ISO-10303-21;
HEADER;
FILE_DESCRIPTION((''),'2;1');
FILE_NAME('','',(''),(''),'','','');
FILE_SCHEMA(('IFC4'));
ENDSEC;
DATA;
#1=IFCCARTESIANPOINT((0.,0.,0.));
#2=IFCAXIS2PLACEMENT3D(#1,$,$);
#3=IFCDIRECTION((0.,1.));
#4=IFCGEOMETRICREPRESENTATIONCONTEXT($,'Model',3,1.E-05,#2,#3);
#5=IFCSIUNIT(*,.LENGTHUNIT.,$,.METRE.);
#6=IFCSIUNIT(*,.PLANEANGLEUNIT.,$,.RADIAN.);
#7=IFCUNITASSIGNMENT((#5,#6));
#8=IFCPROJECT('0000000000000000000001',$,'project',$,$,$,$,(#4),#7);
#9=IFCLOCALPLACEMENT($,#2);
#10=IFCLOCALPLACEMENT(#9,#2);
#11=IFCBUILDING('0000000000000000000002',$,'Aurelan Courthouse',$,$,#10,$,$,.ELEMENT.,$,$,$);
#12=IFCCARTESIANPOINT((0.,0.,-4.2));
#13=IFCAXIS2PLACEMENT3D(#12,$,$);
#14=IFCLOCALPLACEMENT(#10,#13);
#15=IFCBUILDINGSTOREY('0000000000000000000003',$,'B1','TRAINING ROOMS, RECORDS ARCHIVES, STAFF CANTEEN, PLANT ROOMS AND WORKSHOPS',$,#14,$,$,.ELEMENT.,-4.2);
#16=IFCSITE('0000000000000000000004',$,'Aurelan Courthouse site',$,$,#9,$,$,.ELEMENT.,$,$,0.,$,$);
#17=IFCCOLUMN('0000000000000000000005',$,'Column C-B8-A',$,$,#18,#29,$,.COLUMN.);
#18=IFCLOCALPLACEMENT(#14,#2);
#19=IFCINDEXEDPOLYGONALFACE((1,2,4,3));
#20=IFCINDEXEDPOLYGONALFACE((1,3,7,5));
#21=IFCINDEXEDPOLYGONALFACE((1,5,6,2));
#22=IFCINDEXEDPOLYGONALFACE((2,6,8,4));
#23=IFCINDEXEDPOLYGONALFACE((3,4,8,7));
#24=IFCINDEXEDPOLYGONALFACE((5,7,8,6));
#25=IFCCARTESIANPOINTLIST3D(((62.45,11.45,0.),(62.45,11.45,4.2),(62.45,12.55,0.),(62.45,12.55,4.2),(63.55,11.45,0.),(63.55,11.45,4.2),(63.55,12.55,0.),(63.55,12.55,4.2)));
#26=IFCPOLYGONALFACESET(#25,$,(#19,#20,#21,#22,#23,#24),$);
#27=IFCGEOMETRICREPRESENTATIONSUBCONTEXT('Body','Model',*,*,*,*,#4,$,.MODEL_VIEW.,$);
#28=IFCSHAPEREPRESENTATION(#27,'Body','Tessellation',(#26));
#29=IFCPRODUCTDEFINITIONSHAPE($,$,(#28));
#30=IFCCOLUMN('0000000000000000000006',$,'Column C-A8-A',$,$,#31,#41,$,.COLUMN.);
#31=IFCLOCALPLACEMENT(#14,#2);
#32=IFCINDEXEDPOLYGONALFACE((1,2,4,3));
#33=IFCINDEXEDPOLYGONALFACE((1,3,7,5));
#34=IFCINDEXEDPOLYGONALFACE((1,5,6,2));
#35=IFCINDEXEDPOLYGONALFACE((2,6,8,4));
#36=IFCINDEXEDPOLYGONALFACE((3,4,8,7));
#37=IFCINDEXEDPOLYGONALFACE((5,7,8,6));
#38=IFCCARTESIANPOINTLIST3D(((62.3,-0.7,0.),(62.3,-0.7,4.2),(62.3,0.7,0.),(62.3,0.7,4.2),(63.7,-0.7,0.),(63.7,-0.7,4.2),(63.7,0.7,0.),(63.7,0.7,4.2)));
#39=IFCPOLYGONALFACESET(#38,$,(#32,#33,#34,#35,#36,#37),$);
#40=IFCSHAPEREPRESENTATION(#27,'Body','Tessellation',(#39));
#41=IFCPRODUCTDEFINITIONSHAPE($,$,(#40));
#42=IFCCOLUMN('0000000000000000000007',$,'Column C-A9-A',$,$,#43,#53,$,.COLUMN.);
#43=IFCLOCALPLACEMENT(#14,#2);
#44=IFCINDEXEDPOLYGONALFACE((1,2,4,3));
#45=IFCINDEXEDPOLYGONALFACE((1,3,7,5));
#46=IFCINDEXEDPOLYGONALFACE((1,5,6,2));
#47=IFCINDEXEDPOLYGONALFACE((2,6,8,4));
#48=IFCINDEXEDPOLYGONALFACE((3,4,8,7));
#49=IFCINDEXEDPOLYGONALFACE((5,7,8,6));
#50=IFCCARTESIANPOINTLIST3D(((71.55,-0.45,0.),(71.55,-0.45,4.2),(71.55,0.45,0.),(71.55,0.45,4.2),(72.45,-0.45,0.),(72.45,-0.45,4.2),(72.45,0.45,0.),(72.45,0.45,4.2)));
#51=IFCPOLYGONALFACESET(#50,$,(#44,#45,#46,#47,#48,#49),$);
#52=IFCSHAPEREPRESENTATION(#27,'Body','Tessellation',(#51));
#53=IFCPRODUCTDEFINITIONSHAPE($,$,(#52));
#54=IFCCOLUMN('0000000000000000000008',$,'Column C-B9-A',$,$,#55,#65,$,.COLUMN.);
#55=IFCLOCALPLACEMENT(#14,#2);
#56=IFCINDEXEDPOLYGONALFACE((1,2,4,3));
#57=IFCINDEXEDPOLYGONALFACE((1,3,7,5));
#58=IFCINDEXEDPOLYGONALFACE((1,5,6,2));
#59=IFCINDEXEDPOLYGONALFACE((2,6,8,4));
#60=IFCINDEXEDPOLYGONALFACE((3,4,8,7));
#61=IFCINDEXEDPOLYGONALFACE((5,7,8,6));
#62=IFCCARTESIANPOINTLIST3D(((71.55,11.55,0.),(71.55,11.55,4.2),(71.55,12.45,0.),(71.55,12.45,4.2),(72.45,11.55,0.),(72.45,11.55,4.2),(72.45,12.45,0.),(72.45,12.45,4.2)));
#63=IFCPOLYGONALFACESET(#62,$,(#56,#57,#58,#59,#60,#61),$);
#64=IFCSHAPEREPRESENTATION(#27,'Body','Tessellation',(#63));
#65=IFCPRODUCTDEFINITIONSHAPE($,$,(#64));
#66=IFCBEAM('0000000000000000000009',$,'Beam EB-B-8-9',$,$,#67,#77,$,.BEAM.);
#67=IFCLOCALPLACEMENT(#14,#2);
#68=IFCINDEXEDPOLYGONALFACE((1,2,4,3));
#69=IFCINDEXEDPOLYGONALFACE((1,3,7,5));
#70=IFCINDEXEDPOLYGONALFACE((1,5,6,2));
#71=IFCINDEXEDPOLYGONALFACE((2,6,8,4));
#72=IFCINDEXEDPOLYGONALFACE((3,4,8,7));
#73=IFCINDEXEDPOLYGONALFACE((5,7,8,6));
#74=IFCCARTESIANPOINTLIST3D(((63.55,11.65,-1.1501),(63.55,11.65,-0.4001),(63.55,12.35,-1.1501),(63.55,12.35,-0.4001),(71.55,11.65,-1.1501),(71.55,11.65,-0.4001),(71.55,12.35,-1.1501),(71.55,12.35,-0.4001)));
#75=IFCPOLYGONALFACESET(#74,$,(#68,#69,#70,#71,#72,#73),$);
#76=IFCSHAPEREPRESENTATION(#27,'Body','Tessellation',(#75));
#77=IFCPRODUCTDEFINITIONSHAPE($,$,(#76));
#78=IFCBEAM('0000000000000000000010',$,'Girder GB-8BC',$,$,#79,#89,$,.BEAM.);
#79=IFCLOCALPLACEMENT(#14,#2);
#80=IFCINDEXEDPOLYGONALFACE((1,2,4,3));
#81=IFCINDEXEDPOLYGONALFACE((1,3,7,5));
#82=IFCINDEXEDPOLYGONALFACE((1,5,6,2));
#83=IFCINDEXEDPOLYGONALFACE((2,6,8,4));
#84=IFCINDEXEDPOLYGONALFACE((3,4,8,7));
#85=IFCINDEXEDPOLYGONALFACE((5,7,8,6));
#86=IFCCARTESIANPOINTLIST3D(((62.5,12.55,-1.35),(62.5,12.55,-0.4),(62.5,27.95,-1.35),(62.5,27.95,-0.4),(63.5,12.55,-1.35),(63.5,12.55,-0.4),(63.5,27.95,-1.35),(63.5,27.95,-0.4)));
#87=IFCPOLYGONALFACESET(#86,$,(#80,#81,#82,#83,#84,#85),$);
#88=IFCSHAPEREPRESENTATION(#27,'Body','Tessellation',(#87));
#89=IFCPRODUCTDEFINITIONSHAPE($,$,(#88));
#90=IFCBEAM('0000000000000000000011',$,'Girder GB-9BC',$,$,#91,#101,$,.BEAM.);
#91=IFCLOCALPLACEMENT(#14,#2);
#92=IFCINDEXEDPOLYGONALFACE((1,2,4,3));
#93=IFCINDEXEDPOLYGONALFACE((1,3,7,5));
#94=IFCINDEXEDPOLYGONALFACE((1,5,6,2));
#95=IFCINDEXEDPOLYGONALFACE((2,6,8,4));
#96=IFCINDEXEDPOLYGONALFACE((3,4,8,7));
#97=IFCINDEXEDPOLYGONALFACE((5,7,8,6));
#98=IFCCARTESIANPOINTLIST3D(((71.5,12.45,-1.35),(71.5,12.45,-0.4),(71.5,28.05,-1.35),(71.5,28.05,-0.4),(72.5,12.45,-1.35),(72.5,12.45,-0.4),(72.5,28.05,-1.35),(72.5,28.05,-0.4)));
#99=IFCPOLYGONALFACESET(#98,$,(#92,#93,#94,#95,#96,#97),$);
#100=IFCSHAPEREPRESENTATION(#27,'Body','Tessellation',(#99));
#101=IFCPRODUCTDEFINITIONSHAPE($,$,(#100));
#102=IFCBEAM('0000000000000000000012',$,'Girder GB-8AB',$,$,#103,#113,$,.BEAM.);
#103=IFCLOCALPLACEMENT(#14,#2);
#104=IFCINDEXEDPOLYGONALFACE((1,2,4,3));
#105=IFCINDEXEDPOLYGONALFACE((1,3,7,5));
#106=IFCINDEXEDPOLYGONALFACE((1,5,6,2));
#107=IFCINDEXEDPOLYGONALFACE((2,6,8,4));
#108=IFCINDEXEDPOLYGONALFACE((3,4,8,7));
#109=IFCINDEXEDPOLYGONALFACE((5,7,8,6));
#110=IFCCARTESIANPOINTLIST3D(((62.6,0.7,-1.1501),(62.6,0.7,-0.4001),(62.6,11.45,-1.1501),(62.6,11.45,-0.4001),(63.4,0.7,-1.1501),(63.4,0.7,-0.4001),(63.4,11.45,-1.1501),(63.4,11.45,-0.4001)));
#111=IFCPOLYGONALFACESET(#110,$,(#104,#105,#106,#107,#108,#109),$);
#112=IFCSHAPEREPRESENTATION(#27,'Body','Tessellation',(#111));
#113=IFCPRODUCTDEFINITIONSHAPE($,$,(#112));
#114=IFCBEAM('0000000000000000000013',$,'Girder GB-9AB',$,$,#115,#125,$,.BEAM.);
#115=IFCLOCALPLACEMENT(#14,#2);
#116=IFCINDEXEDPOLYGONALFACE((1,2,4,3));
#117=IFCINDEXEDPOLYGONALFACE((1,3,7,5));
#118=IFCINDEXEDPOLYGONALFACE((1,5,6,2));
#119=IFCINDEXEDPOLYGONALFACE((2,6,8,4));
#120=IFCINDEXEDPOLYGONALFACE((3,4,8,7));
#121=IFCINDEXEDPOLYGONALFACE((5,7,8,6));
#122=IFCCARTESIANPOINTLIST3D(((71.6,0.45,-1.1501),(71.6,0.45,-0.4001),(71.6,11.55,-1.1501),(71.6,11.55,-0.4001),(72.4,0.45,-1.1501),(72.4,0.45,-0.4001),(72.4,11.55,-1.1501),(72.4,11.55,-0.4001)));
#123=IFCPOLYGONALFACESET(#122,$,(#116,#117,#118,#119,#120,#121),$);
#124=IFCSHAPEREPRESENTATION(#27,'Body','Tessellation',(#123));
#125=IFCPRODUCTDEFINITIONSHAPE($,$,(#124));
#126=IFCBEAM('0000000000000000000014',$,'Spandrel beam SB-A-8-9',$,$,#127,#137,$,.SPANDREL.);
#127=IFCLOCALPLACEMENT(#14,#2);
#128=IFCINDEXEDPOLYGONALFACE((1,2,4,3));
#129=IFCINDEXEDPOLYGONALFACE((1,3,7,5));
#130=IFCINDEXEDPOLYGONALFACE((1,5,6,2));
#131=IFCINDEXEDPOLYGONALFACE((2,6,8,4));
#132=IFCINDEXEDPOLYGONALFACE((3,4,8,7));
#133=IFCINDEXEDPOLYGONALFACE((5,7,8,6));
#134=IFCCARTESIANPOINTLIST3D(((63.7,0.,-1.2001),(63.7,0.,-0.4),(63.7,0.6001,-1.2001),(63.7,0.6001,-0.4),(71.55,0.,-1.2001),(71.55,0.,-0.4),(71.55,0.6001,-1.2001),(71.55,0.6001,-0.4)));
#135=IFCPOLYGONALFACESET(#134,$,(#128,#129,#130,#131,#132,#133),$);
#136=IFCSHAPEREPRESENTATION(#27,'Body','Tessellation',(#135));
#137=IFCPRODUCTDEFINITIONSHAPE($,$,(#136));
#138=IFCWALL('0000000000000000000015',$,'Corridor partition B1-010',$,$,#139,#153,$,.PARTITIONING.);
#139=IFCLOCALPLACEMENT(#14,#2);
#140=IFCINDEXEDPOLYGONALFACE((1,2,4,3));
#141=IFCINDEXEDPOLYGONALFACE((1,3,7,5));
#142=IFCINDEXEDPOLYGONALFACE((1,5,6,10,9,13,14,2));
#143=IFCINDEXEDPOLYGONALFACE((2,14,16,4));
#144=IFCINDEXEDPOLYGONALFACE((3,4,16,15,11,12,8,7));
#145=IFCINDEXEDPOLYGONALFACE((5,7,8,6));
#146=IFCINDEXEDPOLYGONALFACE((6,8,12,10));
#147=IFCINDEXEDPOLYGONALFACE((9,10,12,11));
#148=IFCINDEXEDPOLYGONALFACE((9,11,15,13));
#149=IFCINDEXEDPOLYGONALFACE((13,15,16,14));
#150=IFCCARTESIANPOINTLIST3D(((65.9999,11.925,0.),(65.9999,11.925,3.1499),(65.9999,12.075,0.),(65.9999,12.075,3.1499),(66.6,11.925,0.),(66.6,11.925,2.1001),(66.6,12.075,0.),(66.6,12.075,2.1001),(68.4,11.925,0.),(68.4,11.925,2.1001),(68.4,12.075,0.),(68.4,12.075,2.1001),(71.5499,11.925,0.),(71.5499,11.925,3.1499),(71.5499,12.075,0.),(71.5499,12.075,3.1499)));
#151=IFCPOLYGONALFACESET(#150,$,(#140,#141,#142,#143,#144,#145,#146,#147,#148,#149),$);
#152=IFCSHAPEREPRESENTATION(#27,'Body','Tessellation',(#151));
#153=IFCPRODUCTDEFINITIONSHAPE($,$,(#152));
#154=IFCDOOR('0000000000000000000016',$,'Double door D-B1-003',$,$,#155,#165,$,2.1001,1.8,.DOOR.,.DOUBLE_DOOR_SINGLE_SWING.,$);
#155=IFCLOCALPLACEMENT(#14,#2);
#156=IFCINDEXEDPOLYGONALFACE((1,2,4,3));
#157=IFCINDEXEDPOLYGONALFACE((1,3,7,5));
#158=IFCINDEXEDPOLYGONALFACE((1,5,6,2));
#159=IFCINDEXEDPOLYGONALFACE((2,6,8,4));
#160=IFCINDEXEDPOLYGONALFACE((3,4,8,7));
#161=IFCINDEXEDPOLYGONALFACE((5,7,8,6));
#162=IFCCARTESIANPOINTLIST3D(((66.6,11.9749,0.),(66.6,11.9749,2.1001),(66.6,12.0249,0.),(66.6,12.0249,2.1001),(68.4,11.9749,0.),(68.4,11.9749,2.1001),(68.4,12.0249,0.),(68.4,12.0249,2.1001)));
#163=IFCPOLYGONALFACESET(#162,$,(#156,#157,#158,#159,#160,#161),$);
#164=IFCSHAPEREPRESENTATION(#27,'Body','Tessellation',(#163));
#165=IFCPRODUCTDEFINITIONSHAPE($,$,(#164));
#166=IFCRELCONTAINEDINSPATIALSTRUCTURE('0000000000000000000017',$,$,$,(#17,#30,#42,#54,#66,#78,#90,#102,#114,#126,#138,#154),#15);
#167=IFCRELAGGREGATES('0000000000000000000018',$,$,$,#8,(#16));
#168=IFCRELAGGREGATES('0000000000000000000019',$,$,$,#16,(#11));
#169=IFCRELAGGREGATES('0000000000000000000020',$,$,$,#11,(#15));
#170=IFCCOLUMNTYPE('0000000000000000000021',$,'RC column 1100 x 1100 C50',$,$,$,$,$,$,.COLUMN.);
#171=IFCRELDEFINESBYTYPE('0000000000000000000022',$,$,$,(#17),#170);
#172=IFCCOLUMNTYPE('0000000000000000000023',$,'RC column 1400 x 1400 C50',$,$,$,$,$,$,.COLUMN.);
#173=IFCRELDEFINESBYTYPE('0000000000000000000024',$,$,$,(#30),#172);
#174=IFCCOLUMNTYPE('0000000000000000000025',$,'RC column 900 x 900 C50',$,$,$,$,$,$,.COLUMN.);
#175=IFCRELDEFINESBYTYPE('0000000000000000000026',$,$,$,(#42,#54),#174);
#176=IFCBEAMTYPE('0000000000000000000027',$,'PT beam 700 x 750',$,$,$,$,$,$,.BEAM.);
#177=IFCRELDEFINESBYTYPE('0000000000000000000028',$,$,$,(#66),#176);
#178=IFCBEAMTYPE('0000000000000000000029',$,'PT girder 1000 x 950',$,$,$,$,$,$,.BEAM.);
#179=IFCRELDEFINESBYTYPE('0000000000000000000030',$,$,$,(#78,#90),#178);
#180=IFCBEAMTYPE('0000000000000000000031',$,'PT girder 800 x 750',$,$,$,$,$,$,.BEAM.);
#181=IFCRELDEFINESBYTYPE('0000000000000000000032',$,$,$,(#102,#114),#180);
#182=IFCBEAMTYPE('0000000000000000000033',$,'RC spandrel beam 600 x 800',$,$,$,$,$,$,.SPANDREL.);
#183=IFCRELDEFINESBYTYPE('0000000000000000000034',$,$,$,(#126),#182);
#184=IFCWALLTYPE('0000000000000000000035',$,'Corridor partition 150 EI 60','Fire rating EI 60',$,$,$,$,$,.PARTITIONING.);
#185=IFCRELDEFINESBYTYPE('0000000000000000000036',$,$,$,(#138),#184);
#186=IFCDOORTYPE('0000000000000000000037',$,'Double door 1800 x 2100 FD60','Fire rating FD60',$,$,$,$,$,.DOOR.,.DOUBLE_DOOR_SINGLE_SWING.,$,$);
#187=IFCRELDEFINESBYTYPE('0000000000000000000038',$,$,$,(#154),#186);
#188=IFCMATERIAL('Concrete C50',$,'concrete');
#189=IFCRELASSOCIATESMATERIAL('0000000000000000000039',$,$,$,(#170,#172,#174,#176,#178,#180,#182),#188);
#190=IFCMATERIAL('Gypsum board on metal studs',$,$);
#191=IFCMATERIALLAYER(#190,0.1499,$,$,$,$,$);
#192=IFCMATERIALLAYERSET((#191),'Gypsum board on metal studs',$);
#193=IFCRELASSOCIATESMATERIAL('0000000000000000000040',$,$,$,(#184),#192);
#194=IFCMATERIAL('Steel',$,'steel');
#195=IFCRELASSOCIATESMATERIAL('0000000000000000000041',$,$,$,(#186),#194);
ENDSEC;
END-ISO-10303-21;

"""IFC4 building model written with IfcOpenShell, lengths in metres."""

from ifc_helpers import new_model, si_unit, direction, frame, frame_2d, origin, origin_2d, place, context, subcontext, project, spatial, rectangle, extrude, material, layer, layer_set, material_profile, profile_set, type_object, element, fill, save


model = new_model("IFC4")

# Units and contexts
model_context = context("Model", 3, precision=1e-05, world=origin(), true_north=direction((0.0, 1.0)))
body_context = subcontext(model_context, "Body", "Model", "MODEL_VIEW")
ifc_project = project(units=[si_unit("LENGTHUNIT", "METRE"), si_unit("PLANEANGLEUNIT", "RADIAN")], contexts=[model_context])

# Site, building, storey
site_placement = place(None, origin())
site = spatial("IfcSite", under=ifc_project, at=site_placement, Name="Aurelan Courthouse site", CompositionType="ELEMENT", RefElevation=0.0)
building_placement = place(site_placement, origin())
building = spatial("IfcBuilding", under=site, at=building_placement, Name="Aurelan Courthouse", CompositionType="ELEMENT")
storey_placement = place(building_placement, frame((0.0, 0.0, -4.2)))
storey = spatial("IfcBuildingStorey", under=building, at=storey_placement, Name="B1", Description="TRAINING ROOMS, RECORDS ARCHIVES, STAFF CANTEEN, PLANT ROOMS AND WORKSHOPS", CompositionType="ELEMENT", Elevation=-4.2)

# Columns
ifc_material_1 = material(Name="Concrete C50", Category="concrete")
ifc_material_profile_1 = material_profile(ifc_material_1, rectangle(XDim=1.1001, YDim=1.1001, at=origin_2d()), Name="RC 1100 x 1100")
ifc_profile_set_1 = profile_set([ifc_material_profile_1], Name="Concrete C50")
column_type_1 = type_object("IfcColumnType", Name="RC column 1100 x 1100 C50", PredefinedType="COLUMN", material=ifc_profile_set_1)
column_1_placement = place(storey_placement, frame((63.0, 12.0, 0.0), z_axis=(0.0, 0.0, 1.0), x_axis=(1.0, 0.0, 0.0)))
element("IfcColumn", 1, at=column_1_placement, inside=storey, type_object=column_type_1, Name="Column C-B8-A", PredefinedType="COLUMN", context=body_context, shape_type="SweptSolid", body=[
    extrude(rectangle(XDim=1.1001, YDim=1.1001, at=origin_2d()), origin(), (0.0, 0.0, 1.0), 4.2),
])
ifc_material_profile_2 = material_profile(ifc_material_1, rectangle(XDim=1.3999, YDim=1.3999, at=origin_2d()), Name="RC 1400 x 1400")
ifc_profile_set_2 = profile_set([ifc_material_profile_2], Name="Concrete C50")
column_type_2 = type_object("IfcColumnType", Name="RC column 1400 x 1400 C50", PredefinedType="COLUMN", material=ifc_profile_set_2)
column_2_placement = place(storey_placement, frame((63.0, 0.0, 0.0), z_axis=(0.0, 0.0, 1.0), x_axis=(1.0, 0.0, 0.0)))
element("IfcColumn", 2, at=column_2_placement, inside=storey, type_object=column_type_2, Name="Column C-A8-A", PredefinedType="COLUMN", context=body_context, shape_type="SweptSolid", body=[
    extrude(rectangle(XDim=1.3999, YDim=1.3999, at=origin_2d()), origin(), (0.0, 0.0, 1.0), 4.2),
])
ifc_material_profile_3 = material_profile(ifc_material_1, rectangle(XDim=0.8999, YDim=0.8999, at=origin_2d()), Name="RC 900 x 900")
ifc_profile_set_3 = profile_set([ifc_material_profile_3], Name="Concrete C50")
column_type_3 = type_object("IfcColumnType", Name="RC column 900 x 900 C50", PredefinedType="COLUMN", material=ifc_profile_set_3)
for number, where, z_axis, x_axis, name in (
    (3, (72.0, 0.0, 0.0), (0.0, 0.0, 1.0), (1.0, 0.0, 0.0), "Column C-A9-A"),
    (4, (72.0, 12.0, 0.0), (0.0, 0.0, 1.0), (1.0, 0.0, 0.0), "Column C-B9-A"),
):
    element("IfcColumn", number, at=place(storey_placement, frame(where, z_axis=z_axis, x_axis=x_axis)), inside=storey, type_object=column_type_3, Name=name, PredefinedType="COLUMN", context=body_context, shape_type="SweptSolid", body=[
        extrude(rectangle(XDim=0.8999, YDim=0.8999, at=origin_2d()), origin(), (0.0, 0.0, 1.0), 4.2),
    ])

# Beams
ifc_material_profile_4 = material_profile(ifc_material_1, rectangle(XDim=0.7, YDim=0.75, at=origin_2d()), Name="RC 700 x 750")
ifc_profile_set_4 = profile_set([ifc_material_profile_4], Name="Concrete C50")
beam_type_1 = type_object("IfcBeamType", Name="PT beam 700 x 750", PredefinedType="BEAM", material=ifc_profile_set_4)
beam_1_placement = place(storey_placement, frame((63.55, 12.0, -0.7751), z_axis=(1.0, 0.0, 0.0), x_axis=(0.0, 1.0, 0.0)))
element("IfcBeam", 5, at=beam_1_placement, inside=storey, type_object=beam_type_1, Name="Beam EB-B-8-9", PredefinedType="BEAM", context=body_context, shape_type="SweptSolid", body=[
    extrude(rectangle(XDim=0.7, YDim=0.75, at=origin_2d()), origin(), (0.0, 0.0, 1.0), 8.0),
])
ifc_material_profile_5 = material_profile(ifc_material_1, rectangle(XDim=1.0, YDim=0.95, at=origin_2d()), Name="RC 1000 x 950")
ifc_profile_set_5 = profile_set([ifc_material_profile_5], Name="Concrete C50")
beam_type_2 = type_object("IfcBeamType", Name="PT girder 1000 x 950", PredefinedType="BEAM", material=ifc_profile_set_5)
beam_2_placement = place(storey_placement, frame((63.0, 12.55, -0.875), z_axis=(0.0, 1.0, 0.0), x_axis=(-1.0, 0.0, 0.0)))
element("IfcBeam", 6, at=beam_2_placement, inside=storey, type_object=beam_type_2, Name="Girder GB-8BC", PredefinedType="BEAM", context=body_context, shape_type="SweptSolid", body=[
    extrude(rectangle(XDim=1.0, YDim=0.95, at=origin_2d()), origin(), (0.0, 0.0, 1.0), 15.3999),
])
beam_3_placement = place(storey_placement, frame((72.0, 12.45, -0.875), z_axis=(0.0, 1.0, 0.0), x_axis=(-1.0, 0.0, 0.0)))
element("IfcBeam", 7, at=beam_3_placement, inside=storey, type_object=beam_type_2, Name="Girder GB-9BC", PredefinedType="BEAM", context=body_context, shape_type="SweptSolid", body=[
    extrude(rectangle(XDim=1.0, YDim=0.95, at=origin_2d()), origin(), (0.0, 0.0, 1.0), 15.6001),
])
ifc_material_profile_6 = material_profile(ifc_material_1, rectangle(XDim=0.8, YDim=0.75, at=origin_2d()), Name="RC 800 x 750")
ifc_profile_set_6 = profile_set([ifc_material_profile_6], Name="Concrete C50")
beam_type_3 = type_object("IfcBeamType", Name="PT girder 800 x 750", PredefinedType="BEAM", material=ifc_profile_set_6)
beam_4_placement = place(storey_placement, frame((63.0, 0.7, -0.7751), z_axis=(0.0, 1.0, 0.0), x_axis=(-1.0, 0.0, 0.0)))
element("IfcBeam", 8, at=beam_4_placement, inside=storey, type_object=beam_type_3, Name="Girder GB-8AB", PredefinedType="BEAM", context=body_context, shape_type="SweptSolid", body=[
    extrude(rectangle(XDim=0.8, YDim=0.75, at=origin_2d()), origin(), (0.0, 0.0, 1.0), 10.75),
])
beam_5_placement = place(storey_placement, frame((72.0, 0.45, -0.7751), z_axis=(0.0, 1.0, 0.0), x_axis=(-1.0, 0.0, 0.0)))
element("IfcBeam", 9, at=beam_5_placement, inside=storey, type_object=beam_type_3, Name="Girder GB-9AB", PredefinedType="BEAM", context=body_context, shape_type="SweptSolid", body=[
    extrude(rectangle(XDim=0.8, YDim=0.75, at=origin_2d()), origin(), (0.0, 0.0, 1.0), 11.1001),
])
ifc_material_profile_7 = material_profile(ifc_material_1, rectangle(XDim=0.6001, YDim=0.8, at=origin_2d()), Name="RC 600 x 800")
ifc_profile_set_7 = profile_set([ifc_material_profile_7], Name="Concrete C50")
beam_type_4 = type_object("IfcBeamType", Name="RC spandrel beam 600 x 800", PredefinedType="SPANDREL", material=ifc_profile_set_7)
beam_6_placement = place(storey_placement, frame((63.7, 0.3, -0.8), z_axis=(1.0, 0.0, 0.0), x_axis=(0.0, 1.0, 0.0)))
element("IfcBeam", 10, at=beam_6_placement, inside=storey, type_object=beam_type_4, Name="Spandrel beam SB-A-8-9", PredefinedType="SPANDREL", context=body_context, shape_type="SweptSolid", body=[
    extrude(rectangle(XDim=0.6001, YDim=0.8, at=origin_2d()), origin(), (0.0, 0.0, 1.0), 7.8501),
])

# Wall, opening, door
ifc_material_2 = material(Name="Gypsum board on metal studs")
ifc_layer_1 = layer(ifc_material_2, 0.1499)
ifc_layer_set_1 = layer_set([ifc_layer_1], Name="Gypsum board on metal studs")
wall_type_1 = type_object("IfcWallType", Name="Corridor partition 150 EI 60", Description="Fire rating EI 60", PredefinedType="PARTITIONING", material=ifc_layer_set_1)
wall_1_placement = place(storey_placement, frame((66.0, 12.0, 0.0), z_axis=(0.0, 0.0, 1.0), x_axis=(1.0, 0.0, 0.0)))
wall_1 = element("IfcWall", 11, at=wall_1_placement, inside=storey, type_object=wall_type_1, Name="Corridor partition B1-010", PredefinedType="PARTITIONING", context=body_context, shape_type="SweptSolid", body=[
    extrude(rectangle(XDim=5.55, YDim=0.1499, at=frame_2d((2.7749, 0.0))), origin(), (0.0, 0.0, 1.0), 3.1499),
])
opening_1_placement = place(wall_1_placement, frame((0.6001, 0.0, 0.0)))
opening_1 = element("IfcOpeningElement", 12, at=opening_1_placement, cuts=wall_1, PredefinedType="OPENING", context=body_context, shape_type="SweptSolid", body=[
    extrude(rectangle(XDim=1.8, YDim=2.1001, at=frame_2d((0.8999, 1.05))), frame((0.0, 0.085, 0.0), z_axis=(0.0, -1.0, 0.0), x_axis=(1.0, 0.0, 0.0)), (0.0, 0.0, 1.0), 0.1699),
])
ifc_material_3 = material(Name="Steel", Category="steel")
door_type_1 = type_object("IfcDoorType", Name="Double door 1800 x 2100 FD60", Description="Fire rating FD60", OperationType="DOUBLE_DOOR_SINGLE_SWING", PredefinedType="DOOR", material=ifc_material_3)
door_1_placement = place(opening_1_placement, origin())
door_1 = element("IfcDoor", 13, at=door_1_placement, inside=storey, type_object=door_type_1, Name="Double door D-B1-003", OperationType="DOUBLE_DOOR_SINGLE_SWING", OverallHeight=2.1001, OverallWidth=1.8, PredefinedType="DOOR", context=body_context, shape_type="SweptSolid", body=[
    extrude(rectangle(XDim=1.8, YDim=2.1001, at=frame_2d((0.8999, 1.05))), frame((0.0, 0.0249, 0.0), z_axis=(0.0, -1.0, 0.0), x_axis=(1.0, 0.0, 0.0)), (0.0, 0.0, 1.0), 0.05),
])
fill(opening_1, door_1)

save(model, "model.ifc")
